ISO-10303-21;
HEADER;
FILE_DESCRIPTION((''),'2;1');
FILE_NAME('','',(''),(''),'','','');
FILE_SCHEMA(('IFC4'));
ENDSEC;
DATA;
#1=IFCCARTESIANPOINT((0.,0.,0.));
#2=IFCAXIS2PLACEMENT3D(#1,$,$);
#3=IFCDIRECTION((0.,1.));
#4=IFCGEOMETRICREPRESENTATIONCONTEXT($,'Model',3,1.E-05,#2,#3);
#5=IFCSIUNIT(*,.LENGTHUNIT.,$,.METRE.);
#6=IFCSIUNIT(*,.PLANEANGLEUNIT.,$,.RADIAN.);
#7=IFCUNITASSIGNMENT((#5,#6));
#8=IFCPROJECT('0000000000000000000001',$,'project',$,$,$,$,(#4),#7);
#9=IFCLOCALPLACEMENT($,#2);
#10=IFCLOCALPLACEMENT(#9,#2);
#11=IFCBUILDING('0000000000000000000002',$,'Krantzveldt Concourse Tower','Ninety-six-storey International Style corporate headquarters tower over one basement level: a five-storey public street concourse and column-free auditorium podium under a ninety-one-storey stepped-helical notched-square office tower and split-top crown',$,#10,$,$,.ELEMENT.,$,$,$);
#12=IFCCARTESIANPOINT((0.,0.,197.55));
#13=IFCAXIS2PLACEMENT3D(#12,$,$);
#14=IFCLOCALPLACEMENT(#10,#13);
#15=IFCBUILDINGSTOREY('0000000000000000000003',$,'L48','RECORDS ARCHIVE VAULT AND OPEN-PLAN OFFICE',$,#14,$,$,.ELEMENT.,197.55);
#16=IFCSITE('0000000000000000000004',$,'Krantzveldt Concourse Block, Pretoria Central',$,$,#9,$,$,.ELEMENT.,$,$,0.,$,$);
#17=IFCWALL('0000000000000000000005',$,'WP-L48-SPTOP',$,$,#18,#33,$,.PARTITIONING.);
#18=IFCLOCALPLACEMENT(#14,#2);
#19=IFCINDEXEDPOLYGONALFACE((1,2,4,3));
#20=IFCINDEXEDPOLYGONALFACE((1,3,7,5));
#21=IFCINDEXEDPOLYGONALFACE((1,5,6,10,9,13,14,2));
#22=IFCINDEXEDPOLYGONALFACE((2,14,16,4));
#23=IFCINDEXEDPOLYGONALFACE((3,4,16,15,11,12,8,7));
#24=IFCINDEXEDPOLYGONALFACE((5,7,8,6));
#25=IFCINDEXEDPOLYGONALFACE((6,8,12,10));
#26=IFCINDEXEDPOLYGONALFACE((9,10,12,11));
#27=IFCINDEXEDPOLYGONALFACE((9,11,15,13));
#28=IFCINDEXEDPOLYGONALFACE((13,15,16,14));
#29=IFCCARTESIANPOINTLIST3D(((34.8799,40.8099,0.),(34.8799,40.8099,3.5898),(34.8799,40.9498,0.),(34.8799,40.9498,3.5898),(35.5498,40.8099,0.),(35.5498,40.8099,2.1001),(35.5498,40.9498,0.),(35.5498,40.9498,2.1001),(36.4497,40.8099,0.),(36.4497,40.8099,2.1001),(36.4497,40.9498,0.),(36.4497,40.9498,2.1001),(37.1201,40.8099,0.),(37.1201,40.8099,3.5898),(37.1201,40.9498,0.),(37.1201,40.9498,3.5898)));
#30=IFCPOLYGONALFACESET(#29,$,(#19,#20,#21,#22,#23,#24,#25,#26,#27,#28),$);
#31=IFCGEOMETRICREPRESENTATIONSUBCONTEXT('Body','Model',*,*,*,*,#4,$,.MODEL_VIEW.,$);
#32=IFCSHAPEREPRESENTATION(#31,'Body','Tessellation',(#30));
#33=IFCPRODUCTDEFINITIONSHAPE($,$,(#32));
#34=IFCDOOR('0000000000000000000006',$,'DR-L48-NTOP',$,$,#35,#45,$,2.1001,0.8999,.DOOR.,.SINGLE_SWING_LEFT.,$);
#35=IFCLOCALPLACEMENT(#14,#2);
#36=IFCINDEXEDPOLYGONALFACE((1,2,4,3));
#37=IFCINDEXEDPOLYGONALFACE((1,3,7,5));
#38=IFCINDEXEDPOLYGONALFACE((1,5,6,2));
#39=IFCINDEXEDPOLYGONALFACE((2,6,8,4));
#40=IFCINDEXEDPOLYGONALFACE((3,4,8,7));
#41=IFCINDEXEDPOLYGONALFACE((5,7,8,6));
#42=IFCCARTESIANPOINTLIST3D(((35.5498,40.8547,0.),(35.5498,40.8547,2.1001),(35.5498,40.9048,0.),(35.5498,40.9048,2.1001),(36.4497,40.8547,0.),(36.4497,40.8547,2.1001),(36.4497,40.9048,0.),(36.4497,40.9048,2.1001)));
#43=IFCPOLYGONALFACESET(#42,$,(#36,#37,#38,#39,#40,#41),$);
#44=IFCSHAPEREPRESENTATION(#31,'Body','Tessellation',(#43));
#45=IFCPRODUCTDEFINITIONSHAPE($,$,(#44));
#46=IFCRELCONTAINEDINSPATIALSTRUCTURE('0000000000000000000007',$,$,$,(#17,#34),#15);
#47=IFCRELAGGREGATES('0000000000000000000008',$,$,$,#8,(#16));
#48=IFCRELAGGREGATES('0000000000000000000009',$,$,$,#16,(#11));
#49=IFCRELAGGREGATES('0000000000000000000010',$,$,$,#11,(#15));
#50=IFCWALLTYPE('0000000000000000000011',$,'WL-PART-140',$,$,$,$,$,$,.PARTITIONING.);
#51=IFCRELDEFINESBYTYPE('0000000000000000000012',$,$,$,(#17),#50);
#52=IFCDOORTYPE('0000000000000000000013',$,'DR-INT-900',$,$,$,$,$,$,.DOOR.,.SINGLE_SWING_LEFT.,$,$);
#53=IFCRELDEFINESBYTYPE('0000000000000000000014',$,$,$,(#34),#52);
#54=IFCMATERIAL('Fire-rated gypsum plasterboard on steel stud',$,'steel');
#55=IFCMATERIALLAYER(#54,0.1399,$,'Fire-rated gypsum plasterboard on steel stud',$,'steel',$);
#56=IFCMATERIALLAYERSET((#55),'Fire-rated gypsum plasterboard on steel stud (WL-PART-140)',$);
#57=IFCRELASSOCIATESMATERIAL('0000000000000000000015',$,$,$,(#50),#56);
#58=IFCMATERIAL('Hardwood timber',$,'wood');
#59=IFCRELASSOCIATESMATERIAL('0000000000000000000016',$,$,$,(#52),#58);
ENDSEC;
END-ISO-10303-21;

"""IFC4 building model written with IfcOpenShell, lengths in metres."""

from ifc_helpers import new_model, si_unit, direction, frame, frame_2d, origin, place, context, subcontext, project, spatial, rectangle, extrude, material, layer, layer_set, type_object, element, fill, save


model = new_model("IFC4")

# Units and contexts
model_context = context("Model", 3, precision=1e-05, world=origin(), true_north=direction((0.0, 1.0)))
body_context = subcontext(model_context, "Body", "Model", "MODEL_VIEW")
ifc_project = project(units=[si_unit("LENGTHUNIT", "METRE"), si_unit("PLANEANGLEUNIT", "RADIAN")], contexts=[model_context])

# Site, building, storey
site_placement = place(None, origin())
site = spatial("IfcSite", under=ifc_project, at=site_placement, Name="Krantzveldt Concourse Block, Pretoria Central", CompositionType="ELEMENT", RefElevation=0.0)
building_placement = place(site_placement, origin())
building = spatial("IfcBuilding", under=site, at=building_placement, Name="Krantzveldt Concourse Tower", Description="Ninety-six-storey International Style corporate headquarters tower over one basement level: a five-storey public street concourse and column-free auditorium podium under a ninety-one-storey stepped-helical notched-square office tower and split-top crown", CompositionType="ELEMENT")
storey_placement = place(building_placement, frame((0.0, 0.0, 197.55)))
storey = spatial("IfcBuildingStorey", under=building, at=storey_placement, Name="L48", Description="RECORDS ARCHIVE VAULT AND OPEN-PLAN OFFICE", CompositionType="ELEMENT", Elevation=197.55)

# Shared definitions
ifc_material_1 = material(Name="Fire-rated gypsum plasterboard on steel stud", Category="steel")

# Wall, opening, door
ifc_layer_1 = layer(ifc_material_1, 0.1399, Name="Fire-rated gypsum plasterboard on steel stud", Category="steel")
ifc_layer_set_1 = layer_set([ifc_layer_1], Name="Fire-rated gypsum plasterboard on steel stud (WL-PART-140)")
wall_type_1 = type_object("IfcWallType", Name="WL-PART-140", PredefinedType="PARTITIONING", material=ifc_layer_set_1)
wall_1_placement = place(storey_placement, frame((34.8799, 40.8799, 0.0), z_axis=(0.0, 0.0, 1.0), x_axis=(1.0, 0.0, 0.0)))
wall_1 = element("IfcWall", 1, at=wall_1_placement, inside=storey, type_object=wall_type_1, Name="WP-L48-SPTOP", PredefinedType="PARTITIONING", context=body_context, shape_type="SweptSolid", body=[
    extrude(rectangle(XDim=2.2402, YDim=0.1399, at=frame_2d((1.1201, 0.0))), origin(), (0.0, 0.0, 1.0), 3.5898),
])
opening_placement = place(wall_1_placement, frame((0.6699, 0.0, 0.0)))
opening = element("IfcOpeningElement", 2, at=opening_placement, cuts=wall_1, PredefinedType="OPENING", context=body_context, shape_type="SweptSolid", body=[
    extrude(rectangle(XDim=0.8999, YDim=2.1001, at=frame_2d((0.45, 1.05))), frame((0.0, 0.0801, 0.0), z_axis=(0.0, -1.0, 0.0), x_axis=(1.0, 0.0, 0.0)), (0.0, 0.0, 1.0), 0.1599),
])
ifc_material_2 = material(Name="Hardwood timber", Category="wood")
door_type = type_object("IfcDoorType", Name="DR-INT-900", OperationType="SINGLE_SWING_LEFT", PredefinedType="DOOR", material=ifc_material_2)
door_placement = place(opening_placement, origin())
door = element("IfcDoor", 3, at=door_placement, inside=storey, type_object=door_type, Name="DR-L48-NTOP", OperationType="SINGLE_SWING_LEFT", OverallHeight=2.1001, OverallWidth=0.8999, PredefinedType="DOOR", context=body_context, shape_type="SweptSolid", body=[
    extrude(rectangle(XDim=0.8999, YDim=2.1001, at=frame_2d((0.45, 1.05))), frame((0.0, 0.0249, 0.0), z_axis=(0.0, -1.0, 0.0), x_axis=(1.0, 0.0, 0.0)), (0.0, 0.0, 1.0), 0.05),
])
fill(opening, door)

save(model, "model.ifc")
